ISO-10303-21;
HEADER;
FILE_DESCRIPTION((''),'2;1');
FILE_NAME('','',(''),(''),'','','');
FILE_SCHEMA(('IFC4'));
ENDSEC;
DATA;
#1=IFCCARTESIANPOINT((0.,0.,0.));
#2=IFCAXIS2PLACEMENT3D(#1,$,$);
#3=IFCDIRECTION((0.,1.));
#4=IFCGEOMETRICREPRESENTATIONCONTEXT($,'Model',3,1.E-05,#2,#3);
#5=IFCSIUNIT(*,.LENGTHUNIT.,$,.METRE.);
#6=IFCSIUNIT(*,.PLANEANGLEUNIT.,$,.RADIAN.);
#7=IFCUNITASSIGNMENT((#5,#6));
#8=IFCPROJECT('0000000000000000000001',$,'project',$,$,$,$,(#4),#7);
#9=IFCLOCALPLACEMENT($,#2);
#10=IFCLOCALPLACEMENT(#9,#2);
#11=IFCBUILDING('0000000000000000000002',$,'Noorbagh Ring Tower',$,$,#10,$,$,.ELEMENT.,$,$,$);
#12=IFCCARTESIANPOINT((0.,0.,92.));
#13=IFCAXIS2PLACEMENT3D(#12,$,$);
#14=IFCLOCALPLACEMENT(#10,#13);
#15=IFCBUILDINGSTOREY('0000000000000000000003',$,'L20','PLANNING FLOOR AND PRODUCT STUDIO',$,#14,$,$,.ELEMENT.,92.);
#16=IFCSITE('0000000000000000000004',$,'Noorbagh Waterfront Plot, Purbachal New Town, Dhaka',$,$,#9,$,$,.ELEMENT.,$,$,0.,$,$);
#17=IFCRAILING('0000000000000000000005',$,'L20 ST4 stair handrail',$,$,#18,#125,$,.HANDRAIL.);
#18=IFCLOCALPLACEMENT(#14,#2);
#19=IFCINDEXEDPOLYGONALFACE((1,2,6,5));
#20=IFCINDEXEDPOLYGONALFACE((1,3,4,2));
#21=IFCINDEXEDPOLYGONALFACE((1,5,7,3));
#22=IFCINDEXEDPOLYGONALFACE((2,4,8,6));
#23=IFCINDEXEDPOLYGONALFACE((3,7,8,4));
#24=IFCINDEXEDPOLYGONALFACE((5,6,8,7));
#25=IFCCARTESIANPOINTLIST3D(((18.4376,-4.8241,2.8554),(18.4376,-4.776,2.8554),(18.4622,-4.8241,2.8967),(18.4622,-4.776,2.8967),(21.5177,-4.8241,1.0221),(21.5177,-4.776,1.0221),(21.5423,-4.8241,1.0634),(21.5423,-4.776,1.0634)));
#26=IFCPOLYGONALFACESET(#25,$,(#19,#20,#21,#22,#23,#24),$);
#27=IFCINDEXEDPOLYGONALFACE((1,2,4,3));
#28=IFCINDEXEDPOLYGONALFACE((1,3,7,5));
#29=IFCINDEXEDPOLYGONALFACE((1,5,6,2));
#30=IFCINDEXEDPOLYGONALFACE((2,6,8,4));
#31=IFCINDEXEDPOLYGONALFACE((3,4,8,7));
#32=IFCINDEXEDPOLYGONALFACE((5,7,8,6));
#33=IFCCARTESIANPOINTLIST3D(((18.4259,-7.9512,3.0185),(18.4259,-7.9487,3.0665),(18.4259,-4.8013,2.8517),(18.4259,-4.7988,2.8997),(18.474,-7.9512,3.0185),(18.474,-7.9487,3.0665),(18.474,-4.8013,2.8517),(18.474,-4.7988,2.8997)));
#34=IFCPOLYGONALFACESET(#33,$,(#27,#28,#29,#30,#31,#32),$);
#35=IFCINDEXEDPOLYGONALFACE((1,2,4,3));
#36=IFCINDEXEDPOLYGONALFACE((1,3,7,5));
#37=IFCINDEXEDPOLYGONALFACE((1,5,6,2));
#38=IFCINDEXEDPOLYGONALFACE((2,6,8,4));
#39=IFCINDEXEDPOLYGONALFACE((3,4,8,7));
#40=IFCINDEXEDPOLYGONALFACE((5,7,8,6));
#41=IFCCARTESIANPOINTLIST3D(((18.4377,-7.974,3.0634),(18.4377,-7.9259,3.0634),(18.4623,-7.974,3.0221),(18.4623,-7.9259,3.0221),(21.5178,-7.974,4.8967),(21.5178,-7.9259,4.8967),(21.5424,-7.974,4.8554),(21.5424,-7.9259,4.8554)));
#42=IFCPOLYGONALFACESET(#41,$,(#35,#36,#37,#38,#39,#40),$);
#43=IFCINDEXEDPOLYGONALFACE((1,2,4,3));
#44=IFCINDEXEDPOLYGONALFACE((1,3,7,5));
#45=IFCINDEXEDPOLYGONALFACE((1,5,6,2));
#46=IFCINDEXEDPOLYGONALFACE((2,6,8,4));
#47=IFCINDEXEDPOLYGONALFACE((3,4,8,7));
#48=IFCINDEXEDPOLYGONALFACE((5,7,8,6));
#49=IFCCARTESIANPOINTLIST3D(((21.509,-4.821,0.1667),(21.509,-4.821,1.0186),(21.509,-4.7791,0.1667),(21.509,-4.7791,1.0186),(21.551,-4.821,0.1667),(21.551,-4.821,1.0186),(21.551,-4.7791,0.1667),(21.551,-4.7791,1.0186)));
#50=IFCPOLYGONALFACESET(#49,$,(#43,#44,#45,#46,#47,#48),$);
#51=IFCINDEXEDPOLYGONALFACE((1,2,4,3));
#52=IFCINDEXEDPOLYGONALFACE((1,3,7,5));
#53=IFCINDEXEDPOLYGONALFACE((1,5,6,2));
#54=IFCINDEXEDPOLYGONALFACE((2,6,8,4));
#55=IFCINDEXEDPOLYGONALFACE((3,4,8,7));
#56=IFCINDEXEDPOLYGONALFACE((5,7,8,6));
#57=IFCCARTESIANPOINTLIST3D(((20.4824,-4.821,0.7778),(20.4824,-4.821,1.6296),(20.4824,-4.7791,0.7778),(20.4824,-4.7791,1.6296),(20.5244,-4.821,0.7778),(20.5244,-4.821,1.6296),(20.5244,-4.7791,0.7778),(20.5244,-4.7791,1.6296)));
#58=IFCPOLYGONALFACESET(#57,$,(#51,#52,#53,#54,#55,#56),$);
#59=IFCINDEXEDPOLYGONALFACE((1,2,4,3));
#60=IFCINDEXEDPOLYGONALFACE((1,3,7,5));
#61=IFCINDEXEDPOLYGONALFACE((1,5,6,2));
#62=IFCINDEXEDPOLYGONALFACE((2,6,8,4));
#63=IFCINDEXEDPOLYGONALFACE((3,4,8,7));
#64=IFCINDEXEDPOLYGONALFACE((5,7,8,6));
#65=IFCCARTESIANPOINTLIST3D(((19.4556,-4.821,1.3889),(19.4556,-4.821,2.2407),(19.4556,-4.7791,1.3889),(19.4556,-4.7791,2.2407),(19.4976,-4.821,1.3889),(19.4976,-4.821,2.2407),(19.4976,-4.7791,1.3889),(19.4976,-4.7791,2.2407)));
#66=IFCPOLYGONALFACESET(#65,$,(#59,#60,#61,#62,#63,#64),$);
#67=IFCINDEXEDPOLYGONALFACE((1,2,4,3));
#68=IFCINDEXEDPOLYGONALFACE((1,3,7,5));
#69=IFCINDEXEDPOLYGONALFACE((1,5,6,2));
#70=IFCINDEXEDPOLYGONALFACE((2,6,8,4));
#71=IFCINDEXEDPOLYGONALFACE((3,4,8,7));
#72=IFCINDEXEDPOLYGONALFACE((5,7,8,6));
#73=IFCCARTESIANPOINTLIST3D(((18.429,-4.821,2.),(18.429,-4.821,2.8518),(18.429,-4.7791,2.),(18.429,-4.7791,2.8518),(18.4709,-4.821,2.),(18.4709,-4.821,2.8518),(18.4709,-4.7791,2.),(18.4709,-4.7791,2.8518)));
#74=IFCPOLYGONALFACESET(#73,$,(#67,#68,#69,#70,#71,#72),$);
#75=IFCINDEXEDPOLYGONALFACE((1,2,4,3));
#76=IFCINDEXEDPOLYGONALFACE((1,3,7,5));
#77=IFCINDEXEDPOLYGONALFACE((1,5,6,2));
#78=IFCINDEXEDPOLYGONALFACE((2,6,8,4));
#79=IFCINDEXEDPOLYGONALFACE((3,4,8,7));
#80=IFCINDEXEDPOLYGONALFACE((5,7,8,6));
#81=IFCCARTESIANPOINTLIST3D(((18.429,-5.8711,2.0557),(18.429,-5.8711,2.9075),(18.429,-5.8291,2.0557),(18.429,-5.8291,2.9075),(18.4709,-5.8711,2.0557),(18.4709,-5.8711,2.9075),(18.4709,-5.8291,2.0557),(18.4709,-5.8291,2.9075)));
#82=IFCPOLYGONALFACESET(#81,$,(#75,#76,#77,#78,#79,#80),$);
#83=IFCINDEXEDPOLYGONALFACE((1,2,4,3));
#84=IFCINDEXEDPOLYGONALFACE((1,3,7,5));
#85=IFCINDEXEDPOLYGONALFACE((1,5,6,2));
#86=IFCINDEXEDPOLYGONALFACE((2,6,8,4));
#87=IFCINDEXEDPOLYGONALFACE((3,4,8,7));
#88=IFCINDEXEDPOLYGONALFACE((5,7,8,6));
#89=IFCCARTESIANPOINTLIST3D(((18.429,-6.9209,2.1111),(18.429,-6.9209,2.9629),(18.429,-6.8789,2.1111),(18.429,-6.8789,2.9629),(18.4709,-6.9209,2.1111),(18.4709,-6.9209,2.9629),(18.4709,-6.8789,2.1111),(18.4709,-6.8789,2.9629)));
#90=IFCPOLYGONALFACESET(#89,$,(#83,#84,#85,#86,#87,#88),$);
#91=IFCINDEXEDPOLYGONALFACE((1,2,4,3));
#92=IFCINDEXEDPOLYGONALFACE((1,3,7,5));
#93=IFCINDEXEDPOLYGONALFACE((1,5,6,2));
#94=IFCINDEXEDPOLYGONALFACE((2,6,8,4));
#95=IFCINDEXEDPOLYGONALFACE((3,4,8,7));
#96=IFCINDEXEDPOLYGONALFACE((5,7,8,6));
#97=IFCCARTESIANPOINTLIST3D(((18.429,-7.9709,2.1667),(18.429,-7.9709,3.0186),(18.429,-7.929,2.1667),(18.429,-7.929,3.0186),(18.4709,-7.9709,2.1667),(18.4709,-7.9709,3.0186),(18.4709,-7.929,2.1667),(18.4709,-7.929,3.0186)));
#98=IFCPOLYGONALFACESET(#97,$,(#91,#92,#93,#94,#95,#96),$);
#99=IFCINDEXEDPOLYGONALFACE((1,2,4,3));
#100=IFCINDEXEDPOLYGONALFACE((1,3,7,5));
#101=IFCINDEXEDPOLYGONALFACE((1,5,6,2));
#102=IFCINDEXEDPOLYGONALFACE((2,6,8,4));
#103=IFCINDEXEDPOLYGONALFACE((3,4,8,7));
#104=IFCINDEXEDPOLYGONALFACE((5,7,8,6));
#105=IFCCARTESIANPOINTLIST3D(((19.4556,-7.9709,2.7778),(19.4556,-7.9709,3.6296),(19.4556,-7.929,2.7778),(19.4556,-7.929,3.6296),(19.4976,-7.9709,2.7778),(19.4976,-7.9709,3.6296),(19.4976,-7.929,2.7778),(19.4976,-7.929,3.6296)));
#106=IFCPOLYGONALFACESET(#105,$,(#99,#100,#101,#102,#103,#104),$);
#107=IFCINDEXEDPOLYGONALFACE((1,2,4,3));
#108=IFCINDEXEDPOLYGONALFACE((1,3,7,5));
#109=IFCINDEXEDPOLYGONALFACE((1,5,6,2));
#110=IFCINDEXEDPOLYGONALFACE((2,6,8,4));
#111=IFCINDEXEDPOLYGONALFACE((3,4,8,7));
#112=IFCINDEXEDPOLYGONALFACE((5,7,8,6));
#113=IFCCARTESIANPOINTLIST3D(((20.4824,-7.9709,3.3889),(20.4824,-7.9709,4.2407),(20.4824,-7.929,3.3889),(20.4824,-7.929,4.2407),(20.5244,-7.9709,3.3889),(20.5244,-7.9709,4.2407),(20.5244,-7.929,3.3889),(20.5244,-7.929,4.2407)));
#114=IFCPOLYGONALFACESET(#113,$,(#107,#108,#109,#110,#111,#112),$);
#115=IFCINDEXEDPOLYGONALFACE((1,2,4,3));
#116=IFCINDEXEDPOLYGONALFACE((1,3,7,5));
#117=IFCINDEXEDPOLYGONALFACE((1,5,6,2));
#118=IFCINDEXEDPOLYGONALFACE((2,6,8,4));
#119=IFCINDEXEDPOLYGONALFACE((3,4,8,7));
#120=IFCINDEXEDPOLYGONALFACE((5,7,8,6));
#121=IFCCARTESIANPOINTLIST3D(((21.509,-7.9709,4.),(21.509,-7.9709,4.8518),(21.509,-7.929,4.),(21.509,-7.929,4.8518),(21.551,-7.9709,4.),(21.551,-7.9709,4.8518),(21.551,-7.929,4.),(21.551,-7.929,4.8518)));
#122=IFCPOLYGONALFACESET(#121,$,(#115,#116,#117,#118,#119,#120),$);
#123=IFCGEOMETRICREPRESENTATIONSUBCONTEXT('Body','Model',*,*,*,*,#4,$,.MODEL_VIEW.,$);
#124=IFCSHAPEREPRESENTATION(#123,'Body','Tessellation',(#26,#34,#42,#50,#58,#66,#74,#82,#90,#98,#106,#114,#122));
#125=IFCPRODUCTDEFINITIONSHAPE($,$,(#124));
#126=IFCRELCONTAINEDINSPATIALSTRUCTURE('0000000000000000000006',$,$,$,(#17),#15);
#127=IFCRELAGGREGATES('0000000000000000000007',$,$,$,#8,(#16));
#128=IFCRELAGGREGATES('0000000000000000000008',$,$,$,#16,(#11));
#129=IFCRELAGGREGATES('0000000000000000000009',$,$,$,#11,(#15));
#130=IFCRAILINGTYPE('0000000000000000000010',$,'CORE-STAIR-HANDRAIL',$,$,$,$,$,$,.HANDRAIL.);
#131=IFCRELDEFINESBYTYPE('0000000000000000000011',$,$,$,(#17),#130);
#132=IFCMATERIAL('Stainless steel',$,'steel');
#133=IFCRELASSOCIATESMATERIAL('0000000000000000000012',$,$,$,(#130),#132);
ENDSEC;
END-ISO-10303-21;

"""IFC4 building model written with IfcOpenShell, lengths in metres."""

from ifc_helpers import new_model, si_unit, direction, frame, origin, origin_2d, place, context, subcontext, project, spatial, rectangle, extrude, material, type_object, element, save


model = new_model("IFC4")

# Units and contexts
model_context = context("Model", 3, precision=1e-05, world=origin(), true_north=direction((0.0, 1.0)))
body_context = subcontext(model_context, "Body", "Model", "MODEL_VIEW")
ifc_project = project(units=[si_unit("LENGTHUNIT", "METRE"), si_unit("PLANEANGLEUNIT", "RADIAN")], contexts=[model_context])

# Site, building, storey
site_placement = place(None, origin())
site = spatial("IfcSite", under=ifc_project, at=site_placement, Name="Noorbagh Waterfront Plot, Purbachal New Town, Dhaka", CompositionType="ELEMENT", RefElevation=0.0)
building_placement = place(site_placement, origin())
building = spatial("IfcBuilding", under=site, at=building_placement, Name="Noorbagh Ring Tower", CompositionType="ELEMENT")
storey_placement = place(building_placement, frame((0.0, 0.0, 92.0)))
storey = spatial("IfcBuildingStorey", under=building, at=storey_placement, Name="L20", Description="PLANNING FLOOR AND PRODUCT STUDIO", CompositionType="ELEMENT", Elevation=92.0)

# Railing
ifc_material_1 = material(Name="Stainless steel", Category="steel")
railing_type_1 = type_object("IfcRailingType", Name="CORE-STAIR-HANDRAIL", PredefinedType="HANDRAIL", material=ifc_material_1)
railing_1_placement = place(storey_placement, frame((21.53, -4.8, 0.1667)))
element("IfcRailing", 1, at=railing_1_placement, inside=storey, type_object=railing_type_1, Name="L20 ST4 stair handrail", PredefinedType="HANDRAIL", context=body_context, shape_type="SweptSolid", body=[
    extrude(rectangle(XDim=0.0481, YDim=0.0481, at=origin_2d()), frame((0.0, 0.0, 0.876), z_axis=(-0.859309, 0.0, 0.511458), x_axis=(0.0, -1.0, 0.0)), (0.0, 0.0, 1.0), 3.5845),
    extrude(rectangle(XDim=0.0481, YDim=0.0481, at=origin_2d()), frame((-3.0801, 0.0, 2.709), z_axis=(0.0, -0.998602, 0.052864), x_axis=(1.0, 0.0, 0.0)), (0.0, 0.0, 1.0), 3.1543),
    extrude(rectangle(XDim=0.0481, YDim=0.0481, at=origin_2d()), frame((-3.0801, -3.1499, 2.876), z_axis=(0.859309, 0.0, 0.511458), x_axis=(0.0, 1.0, 0.0)), (0.0, 0.0, 1.0), 3.5845),
    extrude(rectangle(XDim=0.042, YDim=0.042, at=origin_2d()), origin(), (0.0, 0.0, 1.0), 0.8518),
    extrude(rectangle(XDim=0.042, YDim=0.042, at=origin_2d()), frame((-1.0266, 0.0, 0.6111)), (0.0, 0.0, 1.0), 0.8518),
    extrude(rectangle(XDim=0.042, YDim=0.042, at=origin_2d()), frame((-2.0535, 0.0, 1.2222)), (0.0, 0.0, 1.0), 0.8518),
    extrude(rectangle(XDim=0.042, YDim=0.042, at=origin_2d()), frame((-3.0801, 0.0, 1.8333)), (0.0, 0.0, 1.0), 0.8518),
    extrude(rectangle(XDim=0.042, YDim=0.042, at=origin_2d()), frame((-3.0801, -1.05, 1.8889)), (0.0, 0.0, 1.0), 0.8518),
    extrude(rectangle(XDim=0.042, YDim=0.042, at=origin_2d()), frame((-3.0801, -2.0999, 1.9443)), (0.0, 0.0, 1.0), 0.8518),
    extrude(rectangle(XDim=0.042, YDim=0.042, at=origin_2d()), frame((-3.0801, -3.1499, 2.0)), (0.0, 0.0, 1.0), 0.8518),
    extrude(rectangle(XDim=0.042, YDim=0.042, at=origin_2d()), frame((-2.0535, -3.1499, 2.6111)), (0.0, 0.0, 1.0), 0.8518),
    extrude(rectangle(XDim=0.042, YDim=0.042, at=origin_2d()), frame((-1.0266, -3.1499, 3.2222)), (0.0, 0.0, 1.0), 0.8518),
    extrude(rectangle(XDim=0.042, YDim=0.042, at=origin_2d()), frame((0.0, -3.1499, 3.8333)), (0.0, 0.0, 1.0), 0.8518),
])

save(model, "model.ifc")
